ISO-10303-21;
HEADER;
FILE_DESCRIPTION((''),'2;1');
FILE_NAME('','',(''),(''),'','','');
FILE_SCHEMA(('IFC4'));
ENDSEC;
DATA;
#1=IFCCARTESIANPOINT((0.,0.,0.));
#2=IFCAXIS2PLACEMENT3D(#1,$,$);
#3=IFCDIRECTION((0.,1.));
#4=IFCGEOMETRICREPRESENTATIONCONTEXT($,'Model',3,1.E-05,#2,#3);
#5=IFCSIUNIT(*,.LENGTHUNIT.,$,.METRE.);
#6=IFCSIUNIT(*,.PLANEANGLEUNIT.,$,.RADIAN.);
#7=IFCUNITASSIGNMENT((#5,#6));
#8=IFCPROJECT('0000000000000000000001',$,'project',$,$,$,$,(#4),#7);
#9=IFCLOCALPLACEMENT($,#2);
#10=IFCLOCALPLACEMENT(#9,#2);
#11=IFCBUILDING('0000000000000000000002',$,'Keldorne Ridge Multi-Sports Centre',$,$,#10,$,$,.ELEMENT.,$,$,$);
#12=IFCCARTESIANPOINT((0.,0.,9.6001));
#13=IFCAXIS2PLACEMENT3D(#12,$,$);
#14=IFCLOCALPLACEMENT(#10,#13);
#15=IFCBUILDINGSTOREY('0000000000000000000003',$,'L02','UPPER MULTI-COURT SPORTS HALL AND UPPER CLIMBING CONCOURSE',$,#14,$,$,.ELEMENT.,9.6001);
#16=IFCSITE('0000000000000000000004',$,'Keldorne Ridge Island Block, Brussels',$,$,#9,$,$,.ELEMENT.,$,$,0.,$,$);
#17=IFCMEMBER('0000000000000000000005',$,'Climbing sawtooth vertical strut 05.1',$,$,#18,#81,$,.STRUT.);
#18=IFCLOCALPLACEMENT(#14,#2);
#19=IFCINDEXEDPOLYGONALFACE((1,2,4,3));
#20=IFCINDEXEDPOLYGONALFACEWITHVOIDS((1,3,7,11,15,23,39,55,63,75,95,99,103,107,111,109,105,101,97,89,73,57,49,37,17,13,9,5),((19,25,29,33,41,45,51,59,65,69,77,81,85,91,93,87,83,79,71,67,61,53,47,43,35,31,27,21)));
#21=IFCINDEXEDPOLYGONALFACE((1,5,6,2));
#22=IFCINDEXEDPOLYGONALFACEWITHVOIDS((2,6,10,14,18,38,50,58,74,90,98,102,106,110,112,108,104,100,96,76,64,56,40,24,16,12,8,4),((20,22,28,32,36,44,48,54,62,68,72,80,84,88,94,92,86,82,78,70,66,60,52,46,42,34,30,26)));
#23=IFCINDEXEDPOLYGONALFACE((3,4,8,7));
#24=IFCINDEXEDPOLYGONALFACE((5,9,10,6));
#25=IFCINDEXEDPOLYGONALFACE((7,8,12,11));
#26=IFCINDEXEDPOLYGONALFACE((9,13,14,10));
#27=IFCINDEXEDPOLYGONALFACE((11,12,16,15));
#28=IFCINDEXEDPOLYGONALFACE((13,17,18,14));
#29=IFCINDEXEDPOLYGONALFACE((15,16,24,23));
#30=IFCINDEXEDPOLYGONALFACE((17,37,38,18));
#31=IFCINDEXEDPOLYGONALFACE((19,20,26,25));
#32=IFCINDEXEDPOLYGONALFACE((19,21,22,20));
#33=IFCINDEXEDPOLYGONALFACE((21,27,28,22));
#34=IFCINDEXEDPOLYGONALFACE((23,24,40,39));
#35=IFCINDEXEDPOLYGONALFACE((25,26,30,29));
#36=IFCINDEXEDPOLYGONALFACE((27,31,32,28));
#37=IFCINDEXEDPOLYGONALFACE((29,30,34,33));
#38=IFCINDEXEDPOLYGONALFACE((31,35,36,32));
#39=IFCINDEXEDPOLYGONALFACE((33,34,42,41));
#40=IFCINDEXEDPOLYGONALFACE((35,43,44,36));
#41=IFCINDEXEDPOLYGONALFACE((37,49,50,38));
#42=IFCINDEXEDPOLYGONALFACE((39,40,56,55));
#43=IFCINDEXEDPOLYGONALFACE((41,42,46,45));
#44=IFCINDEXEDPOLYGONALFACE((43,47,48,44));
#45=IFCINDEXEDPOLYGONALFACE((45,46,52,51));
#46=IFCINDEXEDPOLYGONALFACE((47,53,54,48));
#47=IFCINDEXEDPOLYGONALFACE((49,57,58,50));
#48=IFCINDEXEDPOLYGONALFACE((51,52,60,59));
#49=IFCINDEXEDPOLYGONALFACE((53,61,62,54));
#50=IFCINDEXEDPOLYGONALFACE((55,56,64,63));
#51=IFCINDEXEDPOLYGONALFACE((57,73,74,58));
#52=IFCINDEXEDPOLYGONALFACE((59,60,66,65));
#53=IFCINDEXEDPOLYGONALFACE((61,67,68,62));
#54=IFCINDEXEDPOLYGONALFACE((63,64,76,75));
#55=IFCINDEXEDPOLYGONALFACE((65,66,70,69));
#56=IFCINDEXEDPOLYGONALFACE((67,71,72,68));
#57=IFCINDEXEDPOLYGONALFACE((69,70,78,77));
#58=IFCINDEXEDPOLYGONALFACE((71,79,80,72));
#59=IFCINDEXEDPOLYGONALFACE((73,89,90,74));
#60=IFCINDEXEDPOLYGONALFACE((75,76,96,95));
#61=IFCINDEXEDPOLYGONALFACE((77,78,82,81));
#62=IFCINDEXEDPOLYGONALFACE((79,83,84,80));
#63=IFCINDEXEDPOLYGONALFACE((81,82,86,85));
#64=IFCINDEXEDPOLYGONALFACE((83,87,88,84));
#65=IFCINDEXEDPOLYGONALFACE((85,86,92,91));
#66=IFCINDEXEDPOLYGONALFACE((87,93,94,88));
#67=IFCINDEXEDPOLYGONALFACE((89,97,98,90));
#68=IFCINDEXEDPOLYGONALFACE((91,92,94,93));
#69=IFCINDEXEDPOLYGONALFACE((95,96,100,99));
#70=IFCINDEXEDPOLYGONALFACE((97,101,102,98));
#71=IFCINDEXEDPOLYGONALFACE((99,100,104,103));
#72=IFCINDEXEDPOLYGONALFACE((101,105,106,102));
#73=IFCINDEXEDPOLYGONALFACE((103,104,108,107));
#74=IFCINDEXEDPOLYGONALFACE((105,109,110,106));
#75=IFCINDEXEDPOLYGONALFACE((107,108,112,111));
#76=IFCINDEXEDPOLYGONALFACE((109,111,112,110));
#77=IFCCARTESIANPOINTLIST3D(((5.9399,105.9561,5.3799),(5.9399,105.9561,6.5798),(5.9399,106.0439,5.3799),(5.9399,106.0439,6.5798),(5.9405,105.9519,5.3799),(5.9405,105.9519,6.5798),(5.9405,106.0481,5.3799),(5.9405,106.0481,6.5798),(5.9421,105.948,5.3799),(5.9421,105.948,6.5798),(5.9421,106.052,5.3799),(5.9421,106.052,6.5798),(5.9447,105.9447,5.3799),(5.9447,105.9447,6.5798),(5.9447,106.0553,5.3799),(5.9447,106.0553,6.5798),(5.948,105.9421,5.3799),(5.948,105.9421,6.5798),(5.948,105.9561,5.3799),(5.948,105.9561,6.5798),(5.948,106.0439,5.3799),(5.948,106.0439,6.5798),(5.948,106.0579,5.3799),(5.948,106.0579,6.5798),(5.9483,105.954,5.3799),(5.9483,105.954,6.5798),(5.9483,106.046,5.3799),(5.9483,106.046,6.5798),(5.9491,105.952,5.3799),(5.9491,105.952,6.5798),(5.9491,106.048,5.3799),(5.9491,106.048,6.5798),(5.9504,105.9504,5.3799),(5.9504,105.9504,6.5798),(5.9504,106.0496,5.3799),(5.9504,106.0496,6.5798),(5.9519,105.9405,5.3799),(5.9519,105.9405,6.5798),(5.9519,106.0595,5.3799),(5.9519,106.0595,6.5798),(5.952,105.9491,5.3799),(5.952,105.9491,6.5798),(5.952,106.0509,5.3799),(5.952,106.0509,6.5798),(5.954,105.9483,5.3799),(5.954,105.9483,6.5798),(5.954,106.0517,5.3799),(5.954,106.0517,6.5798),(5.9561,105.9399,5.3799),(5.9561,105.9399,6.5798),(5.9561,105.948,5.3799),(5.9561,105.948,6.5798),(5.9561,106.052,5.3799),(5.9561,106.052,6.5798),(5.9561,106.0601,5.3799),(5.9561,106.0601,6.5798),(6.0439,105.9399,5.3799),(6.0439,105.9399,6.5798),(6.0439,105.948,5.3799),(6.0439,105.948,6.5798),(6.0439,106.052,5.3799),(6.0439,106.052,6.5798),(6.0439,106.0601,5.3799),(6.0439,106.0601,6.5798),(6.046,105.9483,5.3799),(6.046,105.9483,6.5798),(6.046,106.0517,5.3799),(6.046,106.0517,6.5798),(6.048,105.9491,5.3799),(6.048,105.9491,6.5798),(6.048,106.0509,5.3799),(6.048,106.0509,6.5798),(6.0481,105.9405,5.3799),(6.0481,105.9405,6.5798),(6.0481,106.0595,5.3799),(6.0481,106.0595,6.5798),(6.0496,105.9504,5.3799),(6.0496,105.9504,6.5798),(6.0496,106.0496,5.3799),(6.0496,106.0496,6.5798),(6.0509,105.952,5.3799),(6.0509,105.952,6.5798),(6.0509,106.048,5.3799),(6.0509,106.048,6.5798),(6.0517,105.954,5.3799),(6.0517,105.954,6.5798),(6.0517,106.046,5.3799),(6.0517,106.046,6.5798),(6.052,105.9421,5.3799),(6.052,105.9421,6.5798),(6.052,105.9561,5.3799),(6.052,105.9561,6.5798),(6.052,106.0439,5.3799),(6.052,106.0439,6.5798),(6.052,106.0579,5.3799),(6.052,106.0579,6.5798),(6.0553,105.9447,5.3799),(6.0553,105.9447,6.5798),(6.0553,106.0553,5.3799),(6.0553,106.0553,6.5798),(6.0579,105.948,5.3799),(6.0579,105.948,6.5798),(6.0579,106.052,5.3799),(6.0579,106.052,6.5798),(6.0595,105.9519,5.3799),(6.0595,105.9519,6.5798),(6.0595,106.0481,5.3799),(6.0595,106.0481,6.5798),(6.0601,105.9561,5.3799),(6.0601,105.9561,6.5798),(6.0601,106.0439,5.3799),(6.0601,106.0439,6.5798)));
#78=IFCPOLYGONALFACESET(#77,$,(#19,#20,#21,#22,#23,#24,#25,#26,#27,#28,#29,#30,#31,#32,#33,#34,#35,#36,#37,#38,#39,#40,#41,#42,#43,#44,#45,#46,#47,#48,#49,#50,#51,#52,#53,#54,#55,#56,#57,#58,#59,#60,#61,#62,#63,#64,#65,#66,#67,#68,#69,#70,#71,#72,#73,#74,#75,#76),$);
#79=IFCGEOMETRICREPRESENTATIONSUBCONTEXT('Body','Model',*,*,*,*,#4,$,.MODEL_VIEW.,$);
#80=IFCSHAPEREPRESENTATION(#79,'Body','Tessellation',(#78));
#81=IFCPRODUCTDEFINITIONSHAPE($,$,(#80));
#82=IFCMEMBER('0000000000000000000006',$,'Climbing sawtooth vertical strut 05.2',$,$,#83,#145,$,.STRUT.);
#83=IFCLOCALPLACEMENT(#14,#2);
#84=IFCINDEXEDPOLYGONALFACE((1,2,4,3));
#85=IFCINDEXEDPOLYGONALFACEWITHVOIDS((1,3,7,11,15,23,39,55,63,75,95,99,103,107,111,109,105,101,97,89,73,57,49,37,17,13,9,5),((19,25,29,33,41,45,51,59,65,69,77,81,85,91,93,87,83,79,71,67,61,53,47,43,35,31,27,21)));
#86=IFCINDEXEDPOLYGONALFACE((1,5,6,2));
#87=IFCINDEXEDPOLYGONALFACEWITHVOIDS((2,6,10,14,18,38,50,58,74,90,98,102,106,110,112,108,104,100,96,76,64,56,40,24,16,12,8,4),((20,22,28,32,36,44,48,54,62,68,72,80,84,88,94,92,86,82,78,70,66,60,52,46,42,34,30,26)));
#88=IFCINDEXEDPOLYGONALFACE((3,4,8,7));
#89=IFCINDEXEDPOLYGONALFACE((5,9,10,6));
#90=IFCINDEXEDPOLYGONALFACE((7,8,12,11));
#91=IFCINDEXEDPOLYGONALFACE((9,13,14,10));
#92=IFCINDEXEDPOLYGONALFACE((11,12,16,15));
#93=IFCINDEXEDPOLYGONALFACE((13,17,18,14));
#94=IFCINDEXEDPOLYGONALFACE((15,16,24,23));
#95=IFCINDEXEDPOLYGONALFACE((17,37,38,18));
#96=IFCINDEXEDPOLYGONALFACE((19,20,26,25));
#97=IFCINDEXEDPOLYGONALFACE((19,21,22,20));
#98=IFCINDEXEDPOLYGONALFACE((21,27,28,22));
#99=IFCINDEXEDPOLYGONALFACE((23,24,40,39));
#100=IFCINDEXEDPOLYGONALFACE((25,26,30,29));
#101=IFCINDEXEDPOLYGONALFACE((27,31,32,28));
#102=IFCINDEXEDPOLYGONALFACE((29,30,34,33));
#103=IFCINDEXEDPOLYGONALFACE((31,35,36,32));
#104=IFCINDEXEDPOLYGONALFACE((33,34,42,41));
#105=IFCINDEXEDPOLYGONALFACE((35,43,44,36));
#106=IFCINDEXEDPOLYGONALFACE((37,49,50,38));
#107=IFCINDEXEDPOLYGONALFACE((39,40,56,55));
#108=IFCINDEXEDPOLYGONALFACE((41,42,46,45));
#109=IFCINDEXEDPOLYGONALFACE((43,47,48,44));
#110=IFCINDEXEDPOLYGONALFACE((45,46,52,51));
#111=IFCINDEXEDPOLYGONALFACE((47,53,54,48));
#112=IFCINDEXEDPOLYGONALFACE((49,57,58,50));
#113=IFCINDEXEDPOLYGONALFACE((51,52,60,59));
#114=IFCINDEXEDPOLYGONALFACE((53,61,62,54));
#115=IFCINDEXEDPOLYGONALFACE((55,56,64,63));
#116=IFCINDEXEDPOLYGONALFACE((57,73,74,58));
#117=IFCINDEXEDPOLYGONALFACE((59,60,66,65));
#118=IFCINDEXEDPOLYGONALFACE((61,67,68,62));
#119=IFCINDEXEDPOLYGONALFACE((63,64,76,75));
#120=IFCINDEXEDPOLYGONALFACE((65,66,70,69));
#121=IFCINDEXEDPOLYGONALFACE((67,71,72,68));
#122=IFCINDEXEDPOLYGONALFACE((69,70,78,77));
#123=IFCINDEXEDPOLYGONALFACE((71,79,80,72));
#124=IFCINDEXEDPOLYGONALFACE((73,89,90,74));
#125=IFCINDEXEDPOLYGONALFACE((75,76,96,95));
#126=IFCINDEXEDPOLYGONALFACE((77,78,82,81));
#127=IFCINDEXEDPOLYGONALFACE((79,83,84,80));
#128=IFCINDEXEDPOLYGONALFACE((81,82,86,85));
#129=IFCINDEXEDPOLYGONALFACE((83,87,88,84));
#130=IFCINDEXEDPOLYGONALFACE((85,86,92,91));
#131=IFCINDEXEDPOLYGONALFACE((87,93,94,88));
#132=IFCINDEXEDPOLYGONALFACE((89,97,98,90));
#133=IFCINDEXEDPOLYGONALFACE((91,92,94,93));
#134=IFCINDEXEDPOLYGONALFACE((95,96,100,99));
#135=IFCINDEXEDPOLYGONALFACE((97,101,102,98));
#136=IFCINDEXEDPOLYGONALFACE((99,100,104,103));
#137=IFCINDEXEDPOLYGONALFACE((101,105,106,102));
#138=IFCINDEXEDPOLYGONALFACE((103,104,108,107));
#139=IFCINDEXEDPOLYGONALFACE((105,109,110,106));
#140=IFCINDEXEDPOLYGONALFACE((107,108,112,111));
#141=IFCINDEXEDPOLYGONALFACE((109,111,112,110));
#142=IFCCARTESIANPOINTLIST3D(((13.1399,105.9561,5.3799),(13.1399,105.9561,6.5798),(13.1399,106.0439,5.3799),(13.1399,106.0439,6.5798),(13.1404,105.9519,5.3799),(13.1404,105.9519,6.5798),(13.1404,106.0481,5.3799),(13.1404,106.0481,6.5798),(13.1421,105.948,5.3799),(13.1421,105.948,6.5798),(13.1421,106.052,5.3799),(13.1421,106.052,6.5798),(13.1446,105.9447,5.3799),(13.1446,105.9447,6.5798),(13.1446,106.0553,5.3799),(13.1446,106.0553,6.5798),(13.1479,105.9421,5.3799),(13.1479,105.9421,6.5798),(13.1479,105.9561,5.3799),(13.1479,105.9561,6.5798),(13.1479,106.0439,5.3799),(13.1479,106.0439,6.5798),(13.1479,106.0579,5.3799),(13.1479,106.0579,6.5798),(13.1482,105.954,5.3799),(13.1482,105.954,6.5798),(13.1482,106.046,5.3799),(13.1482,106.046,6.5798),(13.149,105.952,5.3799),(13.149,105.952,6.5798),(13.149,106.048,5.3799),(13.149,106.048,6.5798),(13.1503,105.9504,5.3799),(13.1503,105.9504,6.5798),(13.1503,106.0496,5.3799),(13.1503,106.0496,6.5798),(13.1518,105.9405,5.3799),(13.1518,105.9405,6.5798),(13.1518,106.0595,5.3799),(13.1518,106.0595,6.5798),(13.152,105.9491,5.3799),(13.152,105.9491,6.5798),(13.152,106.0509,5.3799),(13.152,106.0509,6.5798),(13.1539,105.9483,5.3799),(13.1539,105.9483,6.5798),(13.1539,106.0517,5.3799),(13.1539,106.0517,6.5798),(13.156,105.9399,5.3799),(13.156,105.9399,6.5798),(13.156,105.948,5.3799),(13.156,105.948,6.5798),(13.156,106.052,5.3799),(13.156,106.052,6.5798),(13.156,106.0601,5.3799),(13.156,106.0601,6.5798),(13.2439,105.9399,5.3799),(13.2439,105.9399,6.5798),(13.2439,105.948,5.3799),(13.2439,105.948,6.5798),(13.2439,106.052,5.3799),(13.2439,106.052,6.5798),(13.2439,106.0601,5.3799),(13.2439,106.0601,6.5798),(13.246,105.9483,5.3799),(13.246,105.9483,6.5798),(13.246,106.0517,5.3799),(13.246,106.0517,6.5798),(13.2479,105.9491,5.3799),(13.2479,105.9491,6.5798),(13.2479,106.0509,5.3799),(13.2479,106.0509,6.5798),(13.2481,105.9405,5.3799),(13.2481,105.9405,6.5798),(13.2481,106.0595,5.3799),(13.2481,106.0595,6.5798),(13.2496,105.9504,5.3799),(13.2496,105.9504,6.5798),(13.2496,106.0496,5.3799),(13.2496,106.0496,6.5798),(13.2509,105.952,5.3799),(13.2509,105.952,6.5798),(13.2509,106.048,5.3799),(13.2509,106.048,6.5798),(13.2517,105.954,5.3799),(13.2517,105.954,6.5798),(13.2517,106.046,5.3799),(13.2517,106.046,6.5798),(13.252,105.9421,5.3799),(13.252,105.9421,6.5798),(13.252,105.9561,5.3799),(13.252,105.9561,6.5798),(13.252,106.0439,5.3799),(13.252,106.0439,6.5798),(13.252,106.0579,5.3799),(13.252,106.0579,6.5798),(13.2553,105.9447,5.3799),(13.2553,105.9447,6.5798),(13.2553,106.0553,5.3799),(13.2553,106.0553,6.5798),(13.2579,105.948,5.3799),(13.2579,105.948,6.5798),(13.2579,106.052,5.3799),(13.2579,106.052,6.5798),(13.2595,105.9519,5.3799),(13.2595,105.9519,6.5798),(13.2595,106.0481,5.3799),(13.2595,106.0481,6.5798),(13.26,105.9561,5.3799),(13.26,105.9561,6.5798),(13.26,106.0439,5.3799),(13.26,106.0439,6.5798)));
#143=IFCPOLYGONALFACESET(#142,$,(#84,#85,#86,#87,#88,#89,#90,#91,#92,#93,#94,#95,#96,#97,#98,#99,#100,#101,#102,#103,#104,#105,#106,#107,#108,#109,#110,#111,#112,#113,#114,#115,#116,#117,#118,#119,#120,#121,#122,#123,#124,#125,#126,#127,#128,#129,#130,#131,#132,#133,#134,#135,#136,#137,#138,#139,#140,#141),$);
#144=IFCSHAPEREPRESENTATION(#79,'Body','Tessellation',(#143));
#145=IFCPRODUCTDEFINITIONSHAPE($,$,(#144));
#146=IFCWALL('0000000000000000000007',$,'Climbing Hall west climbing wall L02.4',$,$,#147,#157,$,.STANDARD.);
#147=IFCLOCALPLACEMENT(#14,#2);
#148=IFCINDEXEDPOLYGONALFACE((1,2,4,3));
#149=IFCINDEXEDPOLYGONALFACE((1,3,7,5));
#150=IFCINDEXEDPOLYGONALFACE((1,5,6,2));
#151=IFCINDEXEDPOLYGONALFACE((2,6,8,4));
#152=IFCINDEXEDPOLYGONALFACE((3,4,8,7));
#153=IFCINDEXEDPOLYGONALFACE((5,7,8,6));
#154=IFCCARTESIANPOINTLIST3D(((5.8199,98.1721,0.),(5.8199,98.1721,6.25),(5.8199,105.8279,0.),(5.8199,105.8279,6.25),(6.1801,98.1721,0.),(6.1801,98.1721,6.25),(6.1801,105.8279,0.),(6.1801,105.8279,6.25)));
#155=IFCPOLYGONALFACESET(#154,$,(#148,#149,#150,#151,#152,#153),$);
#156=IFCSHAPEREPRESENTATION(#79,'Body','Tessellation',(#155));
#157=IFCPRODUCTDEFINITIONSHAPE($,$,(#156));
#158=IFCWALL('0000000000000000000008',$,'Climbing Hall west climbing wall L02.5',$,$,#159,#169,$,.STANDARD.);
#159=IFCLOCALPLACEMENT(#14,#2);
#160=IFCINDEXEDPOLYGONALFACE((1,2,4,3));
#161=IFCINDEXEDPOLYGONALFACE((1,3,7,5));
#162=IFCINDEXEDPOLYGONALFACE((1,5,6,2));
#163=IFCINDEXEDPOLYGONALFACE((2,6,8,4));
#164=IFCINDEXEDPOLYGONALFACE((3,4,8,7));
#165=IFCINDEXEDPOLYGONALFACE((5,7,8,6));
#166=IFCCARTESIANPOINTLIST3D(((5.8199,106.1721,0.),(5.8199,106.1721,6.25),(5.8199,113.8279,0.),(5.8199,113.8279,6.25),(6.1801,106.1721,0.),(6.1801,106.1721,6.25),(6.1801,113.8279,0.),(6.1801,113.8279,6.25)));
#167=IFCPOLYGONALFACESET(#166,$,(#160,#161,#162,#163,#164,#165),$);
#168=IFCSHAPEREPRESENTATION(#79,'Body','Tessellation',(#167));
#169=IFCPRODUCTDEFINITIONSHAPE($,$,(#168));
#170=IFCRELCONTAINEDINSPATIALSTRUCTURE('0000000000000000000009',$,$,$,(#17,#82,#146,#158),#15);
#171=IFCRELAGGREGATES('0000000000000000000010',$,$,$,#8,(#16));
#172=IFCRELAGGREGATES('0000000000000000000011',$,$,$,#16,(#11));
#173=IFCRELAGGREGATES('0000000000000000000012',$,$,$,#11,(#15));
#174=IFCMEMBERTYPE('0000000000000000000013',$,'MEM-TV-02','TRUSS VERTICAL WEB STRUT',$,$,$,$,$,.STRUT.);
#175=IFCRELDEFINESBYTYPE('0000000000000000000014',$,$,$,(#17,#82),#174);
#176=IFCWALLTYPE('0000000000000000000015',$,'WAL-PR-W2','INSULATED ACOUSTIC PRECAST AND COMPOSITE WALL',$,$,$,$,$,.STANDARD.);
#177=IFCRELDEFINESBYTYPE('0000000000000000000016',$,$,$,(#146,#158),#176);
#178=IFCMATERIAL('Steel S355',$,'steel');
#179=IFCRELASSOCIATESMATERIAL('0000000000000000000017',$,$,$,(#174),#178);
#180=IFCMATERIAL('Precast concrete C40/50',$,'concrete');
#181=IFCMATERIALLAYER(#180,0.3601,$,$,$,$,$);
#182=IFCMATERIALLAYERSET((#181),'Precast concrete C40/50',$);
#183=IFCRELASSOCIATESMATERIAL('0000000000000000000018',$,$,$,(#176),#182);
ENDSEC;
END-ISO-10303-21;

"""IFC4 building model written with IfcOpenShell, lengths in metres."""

from ifc_helpers import new_model, si_unit, direction, frame, frame_2d, origin, origin_2d, place, context, subcontext, project, spatial, rectangle, hollow_rectangle, extrude, material, layer, layer_set, material_profile, profile_set, type_object, element, save


model = new_model("IFC4")

# Units and contexts
model_context = context("Model", 3, precision=1e-05, world=origin(), true_north=direction((0.0, 1.0)))
body_context = subcontext(model_context, "Body", "Model", "MODEL_VIEW")
ifc_project = project(units=[si_unit("LENGTHUNIT", "METRE"), si_unit("PLANEANGLEUNIT", "RADIAN")], contexts=[model_context])

# Site, building, storey
site_placement = place(None, origin())
site = spatial("IfcSite", under=ifc_project, at=site_placement, Name="Keldorne Ridge Island Block, Brussels", CompositionType="ELEMENT", RefElevation=0.0)
building_placement = place(site_placement, origin())
building = spatial("IfcBuilding", under=site, at=building_placement, Name="Keldorne Ridge Multi-Sports Centre", CompositionType="ELEMENT")
storey_placement = place(building_placement, frame((0.0, 0.0, 9.6001)))
storey = spatial("IfcBuildingStorey", under=building, at=storey_placement, Name="L02", Description="UPPER MULTI-COURT SPORTS HALL AND UPPER CLIMBING CONCOURSE", CompositionType="ELEMENT", Elevation=9.6001)

# Shared definitions
ifc_material_1 = material(Name="Steel S355", Category="steel")

# Members
ifc_material_profile_1 = material_profile(ifc_material_1, hollow_rectangle(XDim=0.1201, YDim=0.1201, WallThickness=0.0081, InnerFilletRadius=0.0081, OuterFilletRadius=0.0161, at=origin_2d()), Name="SHS 120x120x8")
ifc_profile_set_1 = profile_set([ifc_material_profile_1], Name="Steel S355")
member_type_1 = type_object("IfcMemberType", Name="MEM-TV-02", Description="TRUSS VERTICAL WEB STRUT", PredefinedType="STRUT", material=ifc_profile_set_1)
for number, where, z_axis, x_axis, name in (
    (1, (6.0, 106.0, 5.3799), (0.0, 0.0, 1.0), (1.0, 0.0, 0.0), "Climbing sawtooth vertical strut 05.1"),
    (2, (13.2, 106.0, 5.3799), (0.0, 0.0, 1.0), (1.0, 0.0, 0.0), "Climbing sawtooth vertical strut 05.2"),
):
    element("IfcMember", number, at=place(storey_placement, frame(where, z_axis=z_axis, x_axis=x_axis)), inside=storey, type_object=member_type_1, Name=name, PredefinedType="STRUT", context=body_context, shape_type="SweptSolid", body=[
        extrude(hollow_rectangle(XDim=0.1201, YDim=0.1201, WallThickness=0.0081, InnerFilletRadius=0.0081, OuterFilletRadius=0.0161, at=origin_2d()), origin(), (0.0, 0.0, 1.0), 1.2),
    ])

# Walls
ifc_material_2 = material(Name="Precast concrete C40/50", Category="concrete")
ifc_layer = layer(ifc_material_2, 0.3601)
ifc_layer_set = layer_set([ifc_layer], Name="Precast concrete C40/50")
wall_type = type_object("IfcWallType", Name="WAL-PR-W2", Description="INSULATED ACOUSTIC PRECAST AND COMPOSITE WALL", PredefinedType="STANDARD", material=ifc_layer_set)
for number, where, z_axis, x_axis, name in (
    (3, (6.0, 105.8279, 0.0), (0.0, 0.0, 1.0), (0.0, -1.0, 0.0), "Climbing Hall west climbing wall L02.4"),
    (4, (6.0, 113.8279, 0.0), (0.0, 0.0, 1.0), (0.0, -1.0, 0.0), "Climbing Hall west climbing wall L02.5"),
):
    element("IfcWall", number, at=place(storey_placement, frame(where, z_axis=z_axis, x_axis=x_axis)), inside=storey, type_object=wall_type, Name=name, PredefinedType="STANDARD", context=body_context, shape_type="SweptSolid", body=[
        extrude(rectangle(XDim=7.6558, YDim=0.3601, at=frame_2d((3.8279, 0.0))), origin(), (0.0, 0.0, 1.0), 6.25),
    ])

save(model, "model.ifc")
